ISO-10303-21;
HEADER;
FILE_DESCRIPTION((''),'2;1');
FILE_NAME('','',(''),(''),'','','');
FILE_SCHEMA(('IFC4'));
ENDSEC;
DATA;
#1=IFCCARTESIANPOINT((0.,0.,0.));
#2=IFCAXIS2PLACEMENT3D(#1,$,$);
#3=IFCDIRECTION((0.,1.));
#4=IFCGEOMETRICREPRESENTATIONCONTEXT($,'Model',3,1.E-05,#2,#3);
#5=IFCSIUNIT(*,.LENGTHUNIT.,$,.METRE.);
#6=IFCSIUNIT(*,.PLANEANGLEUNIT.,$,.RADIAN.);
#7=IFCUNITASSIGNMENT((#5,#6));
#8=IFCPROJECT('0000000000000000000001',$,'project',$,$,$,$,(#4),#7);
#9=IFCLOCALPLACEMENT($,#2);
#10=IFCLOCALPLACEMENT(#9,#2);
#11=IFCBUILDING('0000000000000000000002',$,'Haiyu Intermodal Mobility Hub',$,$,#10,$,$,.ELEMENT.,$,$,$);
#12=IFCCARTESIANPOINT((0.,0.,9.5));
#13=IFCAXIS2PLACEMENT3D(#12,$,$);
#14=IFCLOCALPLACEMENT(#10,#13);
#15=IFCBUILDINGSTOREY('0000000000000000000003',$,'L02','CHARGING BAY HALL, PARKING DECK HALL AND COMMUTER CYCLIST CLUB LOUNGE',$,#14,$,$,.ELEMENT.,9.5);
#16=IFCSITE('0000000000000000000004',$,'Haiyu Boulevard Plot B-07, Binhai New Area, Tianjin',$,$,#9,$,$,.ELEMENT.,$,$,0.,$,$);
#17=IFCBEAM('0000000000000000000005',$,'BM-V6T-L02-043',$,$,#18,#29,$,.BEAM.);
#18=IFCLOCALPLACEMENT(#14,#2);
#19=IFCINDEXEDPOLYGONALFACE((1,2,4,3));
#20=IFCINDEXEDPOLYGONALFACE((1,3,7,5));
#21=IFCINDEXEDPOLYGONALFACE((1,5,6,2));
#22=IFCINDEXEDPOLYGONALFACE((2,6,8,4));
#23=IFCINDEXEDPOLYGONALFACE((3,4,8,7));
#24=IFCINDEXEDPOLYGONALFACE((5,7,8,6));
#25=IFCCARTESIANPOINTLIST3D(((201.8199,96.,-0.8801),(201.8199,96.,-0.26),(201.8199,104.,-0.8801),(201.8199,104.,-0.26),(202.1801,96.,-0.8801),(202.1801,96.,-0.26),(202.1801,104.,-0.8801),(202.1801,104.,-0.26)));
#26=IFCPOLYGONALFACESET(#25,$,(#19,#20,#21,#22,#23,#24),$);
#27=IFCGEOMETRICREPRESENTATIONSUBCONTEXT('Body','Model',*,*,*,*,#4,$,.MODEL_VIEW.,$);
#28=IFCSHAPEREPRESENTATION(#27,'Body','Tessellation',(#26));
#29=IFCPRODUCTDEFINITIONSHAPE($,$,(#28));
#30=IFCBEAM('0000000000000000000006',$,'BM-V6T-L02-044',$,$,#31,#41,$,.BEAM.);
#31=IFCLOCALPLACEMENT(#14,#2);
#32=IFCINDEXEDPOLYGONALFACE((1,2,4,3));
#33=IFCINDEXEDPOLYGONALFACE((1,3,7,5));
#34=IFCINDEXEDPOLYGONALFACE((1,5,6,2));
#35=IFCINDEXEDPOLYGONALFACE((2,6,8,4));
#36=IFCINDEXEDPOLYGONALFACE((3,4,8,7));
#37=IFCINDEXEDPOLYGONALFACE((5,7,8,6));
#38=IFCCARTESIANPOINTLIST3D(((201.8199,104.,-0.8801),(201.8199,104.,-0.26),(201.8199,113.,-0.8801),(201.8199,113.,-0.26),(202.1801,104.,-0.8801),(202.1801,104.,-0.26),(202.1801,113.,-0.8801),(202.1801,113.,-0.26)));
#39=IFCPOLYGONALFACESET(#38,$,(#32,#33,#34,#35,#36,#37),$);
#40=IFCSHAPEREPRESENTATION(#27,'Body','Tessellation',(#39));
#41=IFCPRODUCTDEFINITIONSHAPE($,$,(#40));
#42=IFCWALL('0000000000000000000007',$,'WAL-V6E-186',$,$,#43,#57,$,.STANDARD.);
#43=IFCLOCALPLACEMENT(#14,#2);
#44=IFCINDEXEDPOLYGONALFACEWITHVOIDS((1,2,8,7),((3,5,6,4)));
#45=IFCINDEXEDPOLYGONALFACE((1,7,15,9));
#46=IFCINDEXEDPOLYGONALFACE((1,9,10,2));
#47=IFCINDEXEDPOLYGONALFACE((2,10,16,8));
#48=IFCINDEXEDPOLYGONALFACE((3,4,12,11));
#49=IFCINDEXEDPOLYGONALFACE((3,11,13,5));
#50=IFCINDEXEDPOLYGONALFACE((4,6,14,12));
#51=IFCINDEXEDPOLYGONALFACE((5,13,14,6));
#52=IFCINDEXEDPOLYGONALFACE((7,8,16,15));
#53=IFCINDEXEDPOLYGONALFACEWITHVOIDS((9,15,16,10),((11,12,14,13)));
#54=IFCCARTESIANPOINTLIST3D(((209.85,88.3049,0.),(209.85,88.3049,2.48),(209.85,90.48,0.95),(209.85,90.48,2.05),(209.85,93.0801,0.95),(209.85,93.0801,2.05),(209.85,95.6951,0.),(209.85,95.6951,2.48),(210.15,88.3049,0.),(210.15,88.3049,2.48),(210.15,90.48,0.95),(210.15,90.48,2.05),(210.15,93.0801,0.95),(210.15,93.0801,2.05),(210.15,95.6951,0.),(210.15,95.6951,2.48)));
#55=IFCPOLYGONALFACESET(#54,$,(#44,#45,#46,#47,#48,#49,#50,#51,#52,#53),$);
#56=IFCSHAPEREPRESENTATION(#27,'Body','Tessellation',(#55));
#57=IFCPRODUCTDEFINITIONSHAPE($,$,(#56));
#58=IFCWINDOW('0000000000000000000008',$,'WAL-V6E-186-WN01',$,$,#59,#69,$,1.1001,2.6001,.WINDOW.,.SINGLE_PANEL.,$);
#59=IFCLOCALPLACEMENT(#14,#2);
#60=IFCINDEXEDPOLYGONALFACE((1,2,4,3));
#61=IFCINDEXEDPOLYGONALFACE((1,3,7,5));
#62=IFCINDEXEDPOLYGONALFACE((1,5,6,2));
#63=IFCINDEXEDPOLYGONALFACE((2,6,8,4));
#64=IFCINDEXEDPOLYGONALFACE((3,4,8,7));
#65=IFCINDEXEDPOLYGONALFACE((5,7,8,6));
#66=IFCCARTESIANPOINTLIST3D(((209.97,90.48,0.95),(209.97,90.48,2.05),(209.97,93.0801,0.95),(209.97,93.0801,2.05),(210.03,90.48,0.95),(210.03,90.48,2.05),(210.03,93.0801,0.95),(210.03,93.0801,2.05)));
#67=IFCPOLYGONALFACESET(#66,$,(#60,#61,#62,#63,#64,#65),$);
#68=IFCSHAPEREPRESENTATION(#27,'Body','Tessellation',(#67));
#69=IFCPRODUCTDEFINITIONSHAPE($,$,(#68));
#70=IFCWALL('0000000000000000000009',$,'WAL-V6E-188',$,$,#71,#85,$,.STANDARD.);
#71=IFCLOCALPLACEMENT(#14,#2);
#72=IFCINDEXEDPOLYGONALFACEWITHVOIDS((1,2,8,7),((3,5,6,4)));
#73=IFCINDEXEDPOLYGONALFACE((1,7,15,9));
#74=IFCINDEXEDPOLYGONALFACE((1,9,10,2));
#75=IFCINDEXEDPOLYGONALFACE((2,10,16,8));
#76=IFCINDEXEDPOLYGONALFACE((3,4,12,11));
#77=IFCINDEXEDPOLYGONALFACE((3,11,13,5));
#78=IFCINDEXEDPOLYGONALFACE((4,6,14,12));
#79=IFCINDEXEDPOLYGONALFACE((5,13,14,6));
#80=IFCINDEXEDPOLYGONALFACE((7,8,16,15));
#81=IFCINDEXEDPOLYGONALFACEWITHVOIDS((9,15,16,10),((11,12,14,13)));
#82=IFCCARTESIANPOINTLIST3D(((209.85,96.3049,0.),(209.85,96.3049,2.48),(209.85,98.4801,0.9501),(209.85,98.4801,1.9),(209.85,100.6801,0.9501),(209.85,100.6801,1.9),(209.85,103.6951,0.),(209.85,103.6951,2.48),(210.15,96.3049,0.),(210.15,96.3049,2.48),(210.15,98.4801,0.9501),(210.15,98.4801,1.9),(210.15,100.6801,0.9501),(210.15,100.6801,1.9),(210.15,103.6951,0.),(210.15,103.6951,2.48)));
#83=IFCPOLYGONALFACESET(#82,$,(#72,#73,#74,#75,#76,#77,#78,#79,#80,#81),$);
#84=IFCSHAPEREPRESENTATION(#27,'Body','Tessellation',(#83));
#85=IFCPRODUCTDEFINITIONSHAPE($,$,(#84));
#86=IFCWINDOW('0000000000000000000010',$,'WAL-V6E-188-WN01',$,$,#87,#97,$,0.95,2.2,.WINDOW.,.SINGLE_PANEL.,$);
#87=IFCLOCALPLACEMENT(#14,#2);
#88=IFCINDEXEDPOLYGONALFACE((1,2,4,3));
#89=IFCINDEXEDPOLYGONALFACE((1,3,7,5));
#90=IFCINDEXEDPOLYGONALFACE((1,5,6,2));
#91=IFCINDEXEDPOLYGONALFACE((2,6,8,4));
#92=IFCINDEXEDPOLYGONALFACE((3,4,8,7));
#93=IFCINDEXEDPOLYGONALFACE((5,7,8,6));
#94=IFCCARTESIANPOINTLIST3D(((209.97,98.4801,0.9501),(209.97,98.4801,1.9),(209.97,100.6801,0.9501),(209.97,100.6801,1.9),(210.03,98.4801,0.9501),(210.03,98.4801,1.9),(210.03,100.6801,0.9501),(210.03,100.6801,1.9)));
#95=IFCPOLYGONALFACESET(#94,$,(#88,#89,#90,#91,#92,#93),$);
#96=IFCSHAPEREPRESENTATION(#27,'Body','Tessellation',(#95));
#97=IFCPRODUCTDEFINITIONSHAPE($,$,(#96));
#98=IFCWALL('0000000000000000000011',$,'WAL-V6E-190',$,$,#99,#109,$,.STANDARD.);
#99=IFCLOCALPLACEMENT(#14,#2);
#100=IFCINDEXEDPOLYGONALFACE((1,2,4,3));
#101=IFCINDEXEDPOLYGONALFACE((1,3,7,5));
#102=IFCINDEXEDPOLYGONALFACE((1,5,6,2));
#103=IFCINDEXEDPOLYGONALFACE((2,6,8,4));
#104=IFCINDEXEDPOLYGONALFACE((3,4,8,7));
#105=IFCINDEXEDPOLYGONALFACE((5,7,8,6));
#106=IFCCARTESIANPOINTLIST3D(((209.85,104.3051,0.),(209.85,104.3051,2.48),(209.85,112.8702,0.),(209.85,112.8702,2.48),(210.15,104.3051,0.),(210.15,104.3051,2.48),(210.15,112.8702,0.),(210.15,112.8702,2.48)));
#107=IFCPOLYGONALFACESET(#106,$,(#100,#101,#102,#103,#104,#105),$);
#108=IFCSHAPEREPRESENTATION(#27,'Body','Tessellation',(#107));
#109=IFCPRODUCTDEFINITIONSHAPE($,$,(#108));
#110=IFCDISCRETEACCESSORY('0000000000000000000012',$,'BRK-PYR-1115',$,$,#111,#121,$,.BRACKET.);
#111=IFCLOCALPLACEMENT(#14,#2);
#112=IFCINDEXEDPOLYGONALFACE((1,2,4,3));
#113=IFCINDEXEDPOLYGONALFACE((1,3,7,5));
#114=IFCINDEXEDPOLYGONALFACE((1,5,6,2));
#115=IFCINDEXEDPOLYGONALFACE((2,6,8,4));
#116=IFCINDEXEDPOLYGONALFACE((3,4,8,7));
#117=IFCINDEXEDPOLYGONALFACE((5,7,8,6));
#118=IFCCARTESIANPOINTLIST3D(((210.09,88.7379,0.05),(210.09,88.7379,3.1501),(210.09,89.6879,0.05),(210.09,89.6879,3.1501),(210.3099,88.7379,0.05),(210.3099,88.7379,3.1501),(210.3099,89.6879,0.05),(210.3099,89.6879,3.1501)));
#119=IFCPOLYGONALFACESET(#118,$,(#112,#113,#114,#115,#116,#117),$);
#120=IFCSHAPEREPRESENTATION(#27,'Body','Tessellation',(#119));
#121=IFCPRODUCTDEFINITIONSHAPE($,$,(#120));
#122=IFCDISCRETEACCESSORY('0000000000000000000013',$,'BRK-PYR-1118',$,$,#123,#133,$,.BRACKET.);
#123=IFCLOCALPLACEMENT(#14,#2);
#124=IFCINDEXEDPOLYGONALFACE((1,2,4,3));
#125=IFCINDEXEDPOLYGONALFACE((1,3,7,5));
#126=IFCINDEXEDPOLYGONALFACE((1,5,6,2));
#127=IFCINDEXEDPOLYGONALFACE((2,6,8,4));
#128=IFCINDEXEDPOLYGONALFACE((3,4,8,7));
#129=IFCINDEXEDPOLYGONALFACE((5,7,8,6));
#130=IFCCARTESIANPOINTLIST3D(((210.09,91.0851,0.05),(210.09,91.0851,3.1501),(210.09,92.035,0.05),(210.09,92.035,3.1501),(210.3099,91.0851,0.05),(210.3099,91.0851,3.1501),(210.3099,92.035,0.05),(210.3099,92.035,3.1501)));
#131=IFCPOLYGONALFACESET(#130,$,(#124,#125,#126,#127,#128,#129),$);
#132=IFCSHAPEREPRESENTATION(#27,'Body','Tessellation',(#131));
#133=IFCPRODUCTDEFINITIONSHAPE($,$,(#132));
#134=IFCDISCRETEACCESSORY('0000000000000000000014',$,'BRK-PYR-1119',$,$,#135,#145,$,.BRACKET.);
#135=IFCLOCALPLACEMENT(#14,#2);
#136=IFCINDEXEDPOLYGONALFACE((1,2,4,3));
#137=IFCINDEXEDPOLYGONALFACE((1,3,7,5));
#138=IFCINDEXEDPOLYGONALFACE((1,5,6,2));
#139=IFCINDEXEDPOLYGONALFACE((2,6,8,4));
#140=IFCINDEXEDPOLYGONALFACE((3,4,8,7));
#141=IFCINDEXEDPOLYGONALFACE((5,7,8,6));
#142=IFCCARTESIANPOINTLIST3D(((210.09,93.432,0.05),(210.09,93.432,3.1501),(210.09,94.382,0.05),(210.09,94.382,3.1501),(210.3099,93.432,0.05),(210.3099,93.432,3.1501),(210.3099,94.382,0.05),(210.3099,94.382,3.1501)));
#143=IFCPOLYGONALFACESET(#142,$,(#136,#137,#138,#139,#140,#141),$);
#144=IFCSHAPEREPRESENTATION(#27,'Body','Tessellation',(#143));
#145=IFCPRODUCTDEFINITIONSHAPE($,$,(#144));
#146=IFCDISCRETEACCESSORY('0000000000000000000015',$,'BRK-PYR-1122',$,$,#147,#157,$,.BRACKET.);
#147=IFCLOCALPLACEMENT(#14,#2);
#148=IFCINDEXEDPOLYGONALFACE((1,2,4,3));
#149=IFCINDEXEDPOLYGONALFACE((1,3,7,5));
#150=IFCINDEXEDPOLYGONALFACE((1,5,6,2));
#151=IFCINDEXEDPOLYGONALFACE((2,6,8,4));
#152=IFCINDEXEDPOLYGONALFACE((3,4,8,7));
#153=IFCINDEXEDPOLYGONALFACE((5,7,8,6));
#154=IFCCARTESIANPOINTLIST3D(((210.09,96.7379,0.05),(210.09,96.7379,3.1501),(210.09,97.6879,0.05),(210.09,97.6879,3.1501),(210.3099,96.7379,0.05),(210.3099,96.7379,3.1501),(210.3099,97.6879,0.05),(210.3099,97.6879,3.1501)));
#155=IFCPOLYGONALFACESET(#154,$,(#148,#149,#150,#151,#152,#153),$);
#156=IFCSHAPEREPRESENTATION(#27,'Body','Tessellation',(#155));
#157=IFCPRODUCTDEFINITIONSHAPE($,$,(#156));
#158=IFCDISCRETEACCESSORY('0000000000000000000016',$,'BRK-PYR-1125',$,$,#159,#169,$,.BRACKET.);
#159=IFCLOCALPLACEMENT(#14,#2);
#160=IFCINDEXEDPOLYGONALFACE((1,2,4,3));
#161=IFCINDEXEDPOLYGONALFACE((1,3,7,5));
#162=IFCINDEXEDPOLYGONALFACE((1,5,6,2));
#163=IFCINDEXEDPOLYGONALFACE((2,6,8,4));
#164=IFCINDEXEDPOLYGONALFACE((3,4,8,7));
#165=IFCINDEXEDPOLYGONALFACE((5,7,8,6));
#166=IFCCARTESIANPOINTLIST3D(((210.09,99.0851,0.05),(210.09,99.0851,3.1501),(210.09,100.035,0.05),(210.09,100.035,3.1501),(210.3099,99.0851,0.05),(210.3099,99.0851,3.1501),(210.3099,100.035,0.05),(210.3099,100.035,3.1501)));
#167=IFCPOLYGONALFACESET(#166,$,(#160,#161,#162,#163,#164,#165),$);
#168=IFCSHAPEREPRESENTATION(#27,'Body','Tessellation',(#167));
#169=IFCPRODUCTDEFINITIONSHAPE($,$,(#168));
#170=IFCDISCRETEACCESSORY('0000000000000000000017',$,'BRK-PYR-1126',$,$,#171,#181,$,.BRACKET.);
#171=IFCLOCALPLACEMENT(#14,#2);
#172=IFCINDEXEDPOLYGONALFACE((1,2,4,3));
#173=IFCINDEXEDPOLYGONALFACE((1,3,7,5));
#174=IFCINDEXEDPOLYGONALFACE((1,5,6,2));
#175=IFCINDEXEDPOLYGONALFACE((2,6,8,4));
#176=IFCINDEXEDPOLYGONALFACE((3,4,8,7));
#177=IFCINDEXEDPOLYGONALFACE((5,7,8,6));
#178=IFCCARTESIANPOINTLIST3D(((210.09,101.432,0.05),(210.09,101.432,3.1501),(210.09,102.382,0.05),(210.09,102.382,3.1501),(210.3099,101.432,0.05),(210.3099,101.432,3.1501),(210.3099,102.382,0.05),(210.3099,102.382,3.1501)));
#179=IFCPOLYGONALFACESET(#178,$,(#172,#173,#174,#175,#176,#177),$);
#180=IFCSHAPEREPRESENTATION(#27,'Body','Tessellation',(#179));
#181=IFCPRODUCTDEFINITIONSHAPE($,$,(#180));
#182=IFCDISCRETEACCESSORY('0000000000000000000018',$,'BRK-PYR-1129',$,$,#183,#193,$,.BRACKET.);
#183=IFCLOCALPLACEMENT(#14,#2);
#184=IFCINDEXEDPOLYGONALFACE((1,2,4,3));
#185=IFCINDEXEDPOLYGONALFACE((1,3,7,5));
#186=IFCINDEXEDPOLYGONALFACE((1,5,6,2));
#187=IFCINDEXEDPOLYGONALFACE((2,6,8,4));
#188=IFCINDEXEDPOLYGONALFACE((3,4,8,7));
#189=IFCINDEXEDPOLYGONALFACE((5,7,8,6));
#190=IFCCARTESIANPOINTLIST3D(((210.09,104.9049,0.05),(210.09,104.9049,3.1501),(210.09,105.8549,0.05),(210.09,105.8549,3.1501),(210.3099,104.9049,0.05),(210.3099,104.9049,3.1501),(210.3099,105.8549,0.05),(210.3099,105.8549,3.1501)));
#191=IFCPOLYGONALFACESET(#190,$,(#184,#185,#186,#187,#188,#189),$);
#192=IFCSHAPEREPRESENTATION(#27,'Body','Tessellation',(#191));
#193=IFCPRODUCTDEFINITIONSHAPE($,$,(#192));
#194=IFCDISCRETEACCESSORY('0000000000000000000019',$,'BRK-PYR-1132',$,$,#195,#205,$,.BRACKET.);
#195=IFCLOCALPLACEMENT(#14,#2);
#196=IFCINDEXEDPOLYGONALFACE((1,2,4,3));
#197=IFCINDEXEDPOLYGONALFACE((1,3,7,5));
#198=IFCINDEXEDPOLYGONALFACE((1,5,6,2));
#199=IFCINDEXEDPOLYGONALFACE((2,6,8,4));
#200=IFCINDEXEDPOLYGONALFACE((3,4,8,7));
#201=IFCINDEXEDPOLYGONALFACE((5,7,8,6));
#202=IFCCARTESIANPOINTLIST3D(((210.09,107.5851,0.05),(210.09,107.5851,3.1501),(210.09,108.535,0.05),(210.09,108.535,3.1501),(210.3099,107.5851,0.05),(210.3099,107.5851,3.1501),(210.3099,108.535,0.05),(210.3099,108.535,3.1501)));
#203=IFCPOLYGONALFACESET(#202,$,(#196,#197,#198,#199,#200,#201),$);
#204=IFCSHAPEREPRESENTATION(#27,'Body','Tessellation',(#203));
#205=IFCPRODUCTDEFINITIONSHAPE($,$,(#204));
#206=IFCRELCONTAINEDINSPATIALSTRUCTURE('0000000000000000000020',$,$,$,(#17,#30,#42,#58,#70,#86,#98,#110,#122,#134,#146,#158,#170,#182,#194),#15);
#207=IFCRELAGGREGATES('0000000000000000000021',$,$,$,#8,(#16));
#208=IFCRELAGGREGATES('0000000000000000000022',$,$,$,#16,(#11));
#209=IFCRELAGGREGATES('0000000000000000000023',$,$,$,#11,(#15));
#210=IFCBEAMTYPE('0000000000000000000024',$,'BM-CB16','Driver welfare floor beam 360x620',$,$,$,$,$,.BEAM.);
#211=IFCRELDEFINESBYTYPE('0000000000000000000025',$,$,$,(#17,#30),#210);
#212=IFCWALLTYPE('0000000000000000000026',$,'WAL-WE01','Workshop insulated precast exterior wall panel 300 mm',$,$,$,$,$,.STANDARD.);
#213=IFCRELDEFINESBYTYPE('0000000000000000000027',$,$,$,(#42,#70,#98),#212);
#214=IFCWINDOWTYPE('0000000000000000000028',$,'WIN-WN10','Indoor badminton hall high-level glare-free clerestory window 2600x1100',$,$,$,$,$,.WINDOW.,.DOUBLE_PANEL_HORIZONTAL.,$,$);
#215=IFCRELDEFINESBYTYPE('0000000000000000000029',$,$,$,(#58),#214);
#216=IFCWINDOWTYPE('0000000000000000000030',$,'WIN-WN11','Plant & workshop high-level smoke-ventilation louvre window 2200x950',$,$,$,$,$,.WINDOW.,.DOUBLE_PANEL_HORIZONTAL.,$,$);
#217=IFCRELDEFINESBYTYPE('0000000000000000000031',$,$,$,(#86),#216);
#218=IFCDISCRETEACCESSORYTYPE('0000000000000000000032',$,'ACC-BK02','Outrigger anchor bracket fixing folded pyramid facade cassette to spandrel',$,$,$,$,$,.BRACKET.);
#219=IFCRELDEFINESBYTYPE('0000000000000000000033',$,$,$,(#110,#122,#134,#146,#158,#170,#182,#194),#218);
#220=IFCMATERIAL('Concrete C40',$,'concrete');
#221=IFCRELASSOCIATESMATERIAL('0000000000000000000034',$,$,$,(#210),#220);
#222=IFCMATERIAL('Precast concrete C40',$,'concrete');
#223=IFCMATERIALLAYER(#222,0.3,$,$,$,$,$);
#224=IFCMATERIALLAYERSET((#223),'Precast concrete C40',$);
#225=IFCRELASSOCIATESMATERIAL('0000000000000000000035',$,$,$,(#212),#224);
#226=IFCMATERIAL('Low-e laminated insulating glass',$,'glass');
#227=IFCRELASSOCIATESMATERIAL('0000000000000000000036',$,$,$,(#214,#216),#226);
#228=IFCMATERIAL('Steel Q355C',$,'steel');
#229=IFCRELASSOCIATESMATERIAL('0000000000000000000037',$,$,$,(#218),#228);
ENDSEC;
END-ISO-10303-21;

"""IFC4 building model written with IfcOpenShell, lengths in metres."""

from ifc_helpers import new_model, si_unit, direction, frame, frame_2d, origin, origin_2d, place, context, subcontext, project, spatial, rectangle, extrude, material, layer, layer_set, material_profile, profile_set, type_object, element, fill, save


model = new_model("IFC4")

# Units and contexts
model_context = context("Model", 3, precision=1e-05, world=origin(), true_north=direction((0.0, 1.0)))
body_context = subcontext(model_context, "Body", "Model", "MODEL_VIEW")
ifc_project = project(units=[si_unit("LENGTHUNIT", "METRE"), si_unit("PLANEANGLEUNIT", "RADIAN")], contexts=[model_context])

# Site, building, storey
site_placement = place(None, origin())
site = spatial("IfcSite", under=ifc_project, at=site_placement, Name="Haiyu Boulevard Plot B-07, Binhai New Area, Tianjin", CompositionType="ELEMENT", RefElevation=0.0)
building_placement = place(site_placement, origin())
building = spatial("IfcBuilding", under=site, at=building_placement, Name="Haiyu Intermodal Mobility Hub", CompositionType="ELEMENT")
storey_placement = place(building_placement, frame((0.0, 0.0, 9.5)))
storey = spatial("IfcBuildingStorey", under=building, at=storey_placement, Name="L02", Description="CHARGING BAY HALL, PARKING DECK HALL AND COMMUTER CYCLIST CLUB LOUNGE", CompositionType="ELEMENT", Elevation=9.5)

# Shared definitions
ifc_material_1 = material(Name="Concrete C40", Category="concrete")

# Beams
ifc_material_profile_1 = material_profile(ifc_material_1, rectangle(XDim=0.3601, YDim=0.6201, at=origin_2d()), Name="B360x620")
ifc_profile_set_1 = profile_set([ifc_material_profile_1], Name="Concrete C40")
beam_type_1 = type_object("IfcBeamType", Name="BM-CB16", Description="Driver welfare floor beam 360x620", PredefinedType="BEAM", material=ifc_profile_set_1)
for number, where, z_axis, x_axis, name in (
    (1, (202.0, 96.0, -0.5701), (0.0, 1.0, 0.0), (-1.0, 0.0, 0.0), "BM-V6T-L02-043"),
):
    element("IfcBeam", number, at=place(storey_placement, frame(where, z_axis=z_axis, x_axis=x_axis)), inside=storey, type_object=beam_type_1, Name=name, PredefinedType="BEAM", context=body_context, shape_type="SweptSolid", body=[
        extrude(rectangle(XDim=0.3601, YDim=0.6201, at=origin_2d()), origin(), (0.0, 0.0, 1.0), 8.0),
    ])
beam_1_placement = place(storey_placement, frame((202.0, 104.0, -0.5701), z_axis=(0.0, 1.0, 0.0), x_axis=(-1.0, 0.0, 0.0)))
element("IfcBeam", 2, at=beam_1_placement, inside=storey, type_object=beam_type_1, Name="BM-V6T-L02-044", PredefinedType="BEAM", context=body_context, shape_type="SweptSolid", body=[
    extrude(rectangle(XDim=0.3601, YDim=0.6201, at=origin_2d()), origin(), (0.0, 0.0, 1.0), 9.0),
])

# Walls, openings, windows
ifc_material_2 = material(Name="Precast concrete C40", Category="concrete")
ifc_layer = layer(ifc_material_2, 0.3)
ifc_layer_set = layer_set([ifc_layer], Name="Precast concrete C40")
wall_type = type_object("IfcWallType", Name="WAL-WE01", Description="Workshop insulated precast exterior wall panel 300 mm", PredefinedType="STANDARD", material=ifc_layer_set)
wall_1_placement = place(storey_placement, frame((210.0, 88.3049, 0.0), z_axis=(0.0, 0.0, 1.0), x_axis=(0.0, 1.0, 0.0)))
wall_1 = element("IfcWall", 3, at=wall_1_placement, inside=storey, type_object=wall_type, Name="WAL-V6E-186", PredefinedType="STANDARD", context=body_context, shape_type="SweptSolid", body=[
    extrude(rectangle(XDim=7.3901, YDim=0.3, at=frame_2d((3.6951, 0.0))), origin(), (0.0, 0.0, 1.0), 2.48),
])
opening_1_placement = place(wall_1_placement, frame((2.175, 0.0, 0.95)))
opening_1 = element("IfcOpeningElement", 4, at=opening_1_placement, cuts=wall_1, PredefinedType="OPENING", context=body_context, shape_type="SweptSolid", body=[
    extrude(rectangle(XDim=2.6001, YDim=1.1001, at=frame_2d((1.3, 0.55))), frame((0.0, 0.1602, 0.0), z_axis=(0.0, -1.0, 0.0), x_axis=(1.0, 0.0, 0.0)), (0.0, 0.0, 1.0), 0.3201),
])
ifc_material_3 = material(Name="Low-e laminated insulating glass", Category="glass")
window_type_1 = type_object("IfcWindowType", Name="WIN-WN10", Description="Indoor badminton hall high-level glare-free clerestory window 2600x1100", PartitioningType="DOUBLE_PANEL_HORIZONTAL", PredefinedType="WINDOW", material=ifc_material_3)
window_1_placement = place(opening_1_placement, origin())
window_1 = element("IfcWindow", 5, at=window_1_placement, inside=storey, type_object=window_type_1, Name="WAL-V6E-186-WN01", OverallHeight=1.1001, OverallWidth=2.6001, PartitioningType="SINGLE_PANEL", PredefinedType="WINDOW", context=body_context, shape_type="SweptSolid", body=[
    extrude(rectangle(XDim=2.6001, YDim=1.1001, at=frame_2d((1.3, 0.55))), frame((0.0, 0.03, 0.0), z_axis=(0.0, -1.0, 0.0), x_axis=(1.0, 0.0, 0.0)), (0.0, 0.0, 1.0), 0.0601),
])
fill(opening_1, window_1)
wall_2_placement = place(storey_placement, frame((210.0, 96.3049, 0.0), z_axis=(0.0, 0.0, 1.0), x_axis=(0.0, 1.0, 0.0)))
wall_2 = element("IfcWall", 6, at=wall_2_placement, inside=storey, type_object=wall_type, Name="WAL-V6E-188", PredefinedType="STANDARD", context=body_context, shape_type="SweptSolid", body=[
    extrude(rectangle(XDim=7.3901, YDim=0.3, at=frame_2d((3.6951, 0.0))), origin(), (0.0, 0.0, 1.0), 2.48),
])
opening_2_placement = place(wall_2_placement, frame((2.175, 0.0, 0.95)))
opening_2 = element("IfcOpeningElement", 7, at=opening_2_placement, cuts=wall_2, PredefinedType="OPENING", context=body_context, shape_type="SweptSolid", body=[
    extrude(rectangle(XDim=2.2, YDim=0.95, at=frame_2d((1.1001, 0.4751))), frame((0.0, 0.1602, 0.0), z_axis=(0.0, -1.0, 0.0), x_axis=(1.0, 0.0, 0.0)), (0.0, 0.0, 1.0), 0.3201),
])
window_type_2 = type_object("IfcWindowType", Name="WIN-WN11", Description="Plant & workshop high-level smoke-ventilation louvre window 2200x950", PartitioningType="DOUBLE_PANEL_HORIZONTAL", PredefinedType="WINDOW", material=ifc_material_3)
window_2_placement = place(opening_2_placement, origin())
window_2 = element("IfcWindow", 8, at=window_2_placement, inside=storey, type_object=window_type_2, Name="WAL-V6E-188-WN01", OverallHeight=0.95, OverallWidth=2.2, PartitioningType="SINGLE_PANEL", PredefinedType="WINDOW", context=body_context, shape_type="SweptSolid", body=[
    extrude(rectangle(XDim=2.2, YDim=0.95, at=frame_2d((1.1001, 0.4751))), frame((0.0, 0.03, 0.0), z_axis=(0.0, -1.0, 0.0), x_axis=(1.0, 0.0, 0.0)), (0.0, 0.0, 1.0), 0.0601),
])
fill(opening_2, window_2)

# Wall
wall_3_placement = place(storey_placement, frame((210.0, 104.3049, 0.0), z_axis=(0.0, 0.0, 1.0), x_axis=(0.0, 1.0, 0.0)))
element("IfcWall", 9, at=wall_3_placement, inside=storey, type_object=wall_type, Name="WAL-V6E-190", PredefinedType="STANDARD", context=body_context, shape_type="SweptSolid", body=[
    extrude(rectangle(XDim=8.5652, YDim=0.3, at=frame_2d((4.2827, 0.0))), origin(), (0.0, 0.0, 1.0), 2.48),
])

# Discrete accessories
ifc_material_4 = material(Name="Steel Q355C", Category="steel")
discrete_accessory_type = type_object("IfcDiscreteAccessoryType", Name="ACC-BK02", Description="Outrigger anchor bracket fixing folded pyramid facade cassette to spandrel", PredefinedType="BRACKET", material=ifc_material_4)
for number, where, z_axis, x_axis, name in (
    (10, (210.2, 89.2129, 0.05), (0.0, 0.0, 1.0), (1.0, 0.0, 0.0), "BRK-PYR-1115"),
    (11, (210.2, 91.5601, 0.05), (0.0, 0.0, 1.0), (1.0, 0.0, 0.0), "BRK-PYR-1118"),
    (12, (210.2, 93.907, 0.05), (0.0, 0.0, 1.0), (1.0, 0.0, 0.0), "BRK-PYR-1119"),
    (13, (210.2, 97.2129, 0.05), (0.0, 0.0, 1.0), (1.0, 0.0, 0.0), "BRK-PYR-1122"),
    (14, (210.2, 99.5601, 0.05), (0.0, 0.0, 1.0), (1.0, 0.0, 0.0), "BRK-PYR-1125"),
    (15, (210.2, 101.907, 0.05), (0.0, 0.0, 1.0), (1.0, 0.0, 0.0), "BRK-PYR-1126"),
    (16, (210.2, 105.3799, 0.05), (0.0, 0.0, 1.0), (1.0, 0.0, 0.0), "BRK-PYR-1129"),
    (17, (210.2, 108.0601, 0.05), (0.0, 0.0, 1.0), (1.0, 0.0, 0.0), "BRK-PYR-1132"),
):
    element("IfcDiscreteAccessory", number, at=place(storey_placement, frame(where, z_axis=z_axis, x_axis=x_axis)), inside=storey, type_object=discrete_accessory_type, Name=name, PredefinedType="BRACKET", context=body_context, shape_type="SweptSolid", body=[
        extrude(rectangle(XDim=0.22, YDim=0.95, at=origin_2d()), origin(), (0.0, 0.0, 1.0), 3.1001),
    ])

save(model, "model.ifc")
